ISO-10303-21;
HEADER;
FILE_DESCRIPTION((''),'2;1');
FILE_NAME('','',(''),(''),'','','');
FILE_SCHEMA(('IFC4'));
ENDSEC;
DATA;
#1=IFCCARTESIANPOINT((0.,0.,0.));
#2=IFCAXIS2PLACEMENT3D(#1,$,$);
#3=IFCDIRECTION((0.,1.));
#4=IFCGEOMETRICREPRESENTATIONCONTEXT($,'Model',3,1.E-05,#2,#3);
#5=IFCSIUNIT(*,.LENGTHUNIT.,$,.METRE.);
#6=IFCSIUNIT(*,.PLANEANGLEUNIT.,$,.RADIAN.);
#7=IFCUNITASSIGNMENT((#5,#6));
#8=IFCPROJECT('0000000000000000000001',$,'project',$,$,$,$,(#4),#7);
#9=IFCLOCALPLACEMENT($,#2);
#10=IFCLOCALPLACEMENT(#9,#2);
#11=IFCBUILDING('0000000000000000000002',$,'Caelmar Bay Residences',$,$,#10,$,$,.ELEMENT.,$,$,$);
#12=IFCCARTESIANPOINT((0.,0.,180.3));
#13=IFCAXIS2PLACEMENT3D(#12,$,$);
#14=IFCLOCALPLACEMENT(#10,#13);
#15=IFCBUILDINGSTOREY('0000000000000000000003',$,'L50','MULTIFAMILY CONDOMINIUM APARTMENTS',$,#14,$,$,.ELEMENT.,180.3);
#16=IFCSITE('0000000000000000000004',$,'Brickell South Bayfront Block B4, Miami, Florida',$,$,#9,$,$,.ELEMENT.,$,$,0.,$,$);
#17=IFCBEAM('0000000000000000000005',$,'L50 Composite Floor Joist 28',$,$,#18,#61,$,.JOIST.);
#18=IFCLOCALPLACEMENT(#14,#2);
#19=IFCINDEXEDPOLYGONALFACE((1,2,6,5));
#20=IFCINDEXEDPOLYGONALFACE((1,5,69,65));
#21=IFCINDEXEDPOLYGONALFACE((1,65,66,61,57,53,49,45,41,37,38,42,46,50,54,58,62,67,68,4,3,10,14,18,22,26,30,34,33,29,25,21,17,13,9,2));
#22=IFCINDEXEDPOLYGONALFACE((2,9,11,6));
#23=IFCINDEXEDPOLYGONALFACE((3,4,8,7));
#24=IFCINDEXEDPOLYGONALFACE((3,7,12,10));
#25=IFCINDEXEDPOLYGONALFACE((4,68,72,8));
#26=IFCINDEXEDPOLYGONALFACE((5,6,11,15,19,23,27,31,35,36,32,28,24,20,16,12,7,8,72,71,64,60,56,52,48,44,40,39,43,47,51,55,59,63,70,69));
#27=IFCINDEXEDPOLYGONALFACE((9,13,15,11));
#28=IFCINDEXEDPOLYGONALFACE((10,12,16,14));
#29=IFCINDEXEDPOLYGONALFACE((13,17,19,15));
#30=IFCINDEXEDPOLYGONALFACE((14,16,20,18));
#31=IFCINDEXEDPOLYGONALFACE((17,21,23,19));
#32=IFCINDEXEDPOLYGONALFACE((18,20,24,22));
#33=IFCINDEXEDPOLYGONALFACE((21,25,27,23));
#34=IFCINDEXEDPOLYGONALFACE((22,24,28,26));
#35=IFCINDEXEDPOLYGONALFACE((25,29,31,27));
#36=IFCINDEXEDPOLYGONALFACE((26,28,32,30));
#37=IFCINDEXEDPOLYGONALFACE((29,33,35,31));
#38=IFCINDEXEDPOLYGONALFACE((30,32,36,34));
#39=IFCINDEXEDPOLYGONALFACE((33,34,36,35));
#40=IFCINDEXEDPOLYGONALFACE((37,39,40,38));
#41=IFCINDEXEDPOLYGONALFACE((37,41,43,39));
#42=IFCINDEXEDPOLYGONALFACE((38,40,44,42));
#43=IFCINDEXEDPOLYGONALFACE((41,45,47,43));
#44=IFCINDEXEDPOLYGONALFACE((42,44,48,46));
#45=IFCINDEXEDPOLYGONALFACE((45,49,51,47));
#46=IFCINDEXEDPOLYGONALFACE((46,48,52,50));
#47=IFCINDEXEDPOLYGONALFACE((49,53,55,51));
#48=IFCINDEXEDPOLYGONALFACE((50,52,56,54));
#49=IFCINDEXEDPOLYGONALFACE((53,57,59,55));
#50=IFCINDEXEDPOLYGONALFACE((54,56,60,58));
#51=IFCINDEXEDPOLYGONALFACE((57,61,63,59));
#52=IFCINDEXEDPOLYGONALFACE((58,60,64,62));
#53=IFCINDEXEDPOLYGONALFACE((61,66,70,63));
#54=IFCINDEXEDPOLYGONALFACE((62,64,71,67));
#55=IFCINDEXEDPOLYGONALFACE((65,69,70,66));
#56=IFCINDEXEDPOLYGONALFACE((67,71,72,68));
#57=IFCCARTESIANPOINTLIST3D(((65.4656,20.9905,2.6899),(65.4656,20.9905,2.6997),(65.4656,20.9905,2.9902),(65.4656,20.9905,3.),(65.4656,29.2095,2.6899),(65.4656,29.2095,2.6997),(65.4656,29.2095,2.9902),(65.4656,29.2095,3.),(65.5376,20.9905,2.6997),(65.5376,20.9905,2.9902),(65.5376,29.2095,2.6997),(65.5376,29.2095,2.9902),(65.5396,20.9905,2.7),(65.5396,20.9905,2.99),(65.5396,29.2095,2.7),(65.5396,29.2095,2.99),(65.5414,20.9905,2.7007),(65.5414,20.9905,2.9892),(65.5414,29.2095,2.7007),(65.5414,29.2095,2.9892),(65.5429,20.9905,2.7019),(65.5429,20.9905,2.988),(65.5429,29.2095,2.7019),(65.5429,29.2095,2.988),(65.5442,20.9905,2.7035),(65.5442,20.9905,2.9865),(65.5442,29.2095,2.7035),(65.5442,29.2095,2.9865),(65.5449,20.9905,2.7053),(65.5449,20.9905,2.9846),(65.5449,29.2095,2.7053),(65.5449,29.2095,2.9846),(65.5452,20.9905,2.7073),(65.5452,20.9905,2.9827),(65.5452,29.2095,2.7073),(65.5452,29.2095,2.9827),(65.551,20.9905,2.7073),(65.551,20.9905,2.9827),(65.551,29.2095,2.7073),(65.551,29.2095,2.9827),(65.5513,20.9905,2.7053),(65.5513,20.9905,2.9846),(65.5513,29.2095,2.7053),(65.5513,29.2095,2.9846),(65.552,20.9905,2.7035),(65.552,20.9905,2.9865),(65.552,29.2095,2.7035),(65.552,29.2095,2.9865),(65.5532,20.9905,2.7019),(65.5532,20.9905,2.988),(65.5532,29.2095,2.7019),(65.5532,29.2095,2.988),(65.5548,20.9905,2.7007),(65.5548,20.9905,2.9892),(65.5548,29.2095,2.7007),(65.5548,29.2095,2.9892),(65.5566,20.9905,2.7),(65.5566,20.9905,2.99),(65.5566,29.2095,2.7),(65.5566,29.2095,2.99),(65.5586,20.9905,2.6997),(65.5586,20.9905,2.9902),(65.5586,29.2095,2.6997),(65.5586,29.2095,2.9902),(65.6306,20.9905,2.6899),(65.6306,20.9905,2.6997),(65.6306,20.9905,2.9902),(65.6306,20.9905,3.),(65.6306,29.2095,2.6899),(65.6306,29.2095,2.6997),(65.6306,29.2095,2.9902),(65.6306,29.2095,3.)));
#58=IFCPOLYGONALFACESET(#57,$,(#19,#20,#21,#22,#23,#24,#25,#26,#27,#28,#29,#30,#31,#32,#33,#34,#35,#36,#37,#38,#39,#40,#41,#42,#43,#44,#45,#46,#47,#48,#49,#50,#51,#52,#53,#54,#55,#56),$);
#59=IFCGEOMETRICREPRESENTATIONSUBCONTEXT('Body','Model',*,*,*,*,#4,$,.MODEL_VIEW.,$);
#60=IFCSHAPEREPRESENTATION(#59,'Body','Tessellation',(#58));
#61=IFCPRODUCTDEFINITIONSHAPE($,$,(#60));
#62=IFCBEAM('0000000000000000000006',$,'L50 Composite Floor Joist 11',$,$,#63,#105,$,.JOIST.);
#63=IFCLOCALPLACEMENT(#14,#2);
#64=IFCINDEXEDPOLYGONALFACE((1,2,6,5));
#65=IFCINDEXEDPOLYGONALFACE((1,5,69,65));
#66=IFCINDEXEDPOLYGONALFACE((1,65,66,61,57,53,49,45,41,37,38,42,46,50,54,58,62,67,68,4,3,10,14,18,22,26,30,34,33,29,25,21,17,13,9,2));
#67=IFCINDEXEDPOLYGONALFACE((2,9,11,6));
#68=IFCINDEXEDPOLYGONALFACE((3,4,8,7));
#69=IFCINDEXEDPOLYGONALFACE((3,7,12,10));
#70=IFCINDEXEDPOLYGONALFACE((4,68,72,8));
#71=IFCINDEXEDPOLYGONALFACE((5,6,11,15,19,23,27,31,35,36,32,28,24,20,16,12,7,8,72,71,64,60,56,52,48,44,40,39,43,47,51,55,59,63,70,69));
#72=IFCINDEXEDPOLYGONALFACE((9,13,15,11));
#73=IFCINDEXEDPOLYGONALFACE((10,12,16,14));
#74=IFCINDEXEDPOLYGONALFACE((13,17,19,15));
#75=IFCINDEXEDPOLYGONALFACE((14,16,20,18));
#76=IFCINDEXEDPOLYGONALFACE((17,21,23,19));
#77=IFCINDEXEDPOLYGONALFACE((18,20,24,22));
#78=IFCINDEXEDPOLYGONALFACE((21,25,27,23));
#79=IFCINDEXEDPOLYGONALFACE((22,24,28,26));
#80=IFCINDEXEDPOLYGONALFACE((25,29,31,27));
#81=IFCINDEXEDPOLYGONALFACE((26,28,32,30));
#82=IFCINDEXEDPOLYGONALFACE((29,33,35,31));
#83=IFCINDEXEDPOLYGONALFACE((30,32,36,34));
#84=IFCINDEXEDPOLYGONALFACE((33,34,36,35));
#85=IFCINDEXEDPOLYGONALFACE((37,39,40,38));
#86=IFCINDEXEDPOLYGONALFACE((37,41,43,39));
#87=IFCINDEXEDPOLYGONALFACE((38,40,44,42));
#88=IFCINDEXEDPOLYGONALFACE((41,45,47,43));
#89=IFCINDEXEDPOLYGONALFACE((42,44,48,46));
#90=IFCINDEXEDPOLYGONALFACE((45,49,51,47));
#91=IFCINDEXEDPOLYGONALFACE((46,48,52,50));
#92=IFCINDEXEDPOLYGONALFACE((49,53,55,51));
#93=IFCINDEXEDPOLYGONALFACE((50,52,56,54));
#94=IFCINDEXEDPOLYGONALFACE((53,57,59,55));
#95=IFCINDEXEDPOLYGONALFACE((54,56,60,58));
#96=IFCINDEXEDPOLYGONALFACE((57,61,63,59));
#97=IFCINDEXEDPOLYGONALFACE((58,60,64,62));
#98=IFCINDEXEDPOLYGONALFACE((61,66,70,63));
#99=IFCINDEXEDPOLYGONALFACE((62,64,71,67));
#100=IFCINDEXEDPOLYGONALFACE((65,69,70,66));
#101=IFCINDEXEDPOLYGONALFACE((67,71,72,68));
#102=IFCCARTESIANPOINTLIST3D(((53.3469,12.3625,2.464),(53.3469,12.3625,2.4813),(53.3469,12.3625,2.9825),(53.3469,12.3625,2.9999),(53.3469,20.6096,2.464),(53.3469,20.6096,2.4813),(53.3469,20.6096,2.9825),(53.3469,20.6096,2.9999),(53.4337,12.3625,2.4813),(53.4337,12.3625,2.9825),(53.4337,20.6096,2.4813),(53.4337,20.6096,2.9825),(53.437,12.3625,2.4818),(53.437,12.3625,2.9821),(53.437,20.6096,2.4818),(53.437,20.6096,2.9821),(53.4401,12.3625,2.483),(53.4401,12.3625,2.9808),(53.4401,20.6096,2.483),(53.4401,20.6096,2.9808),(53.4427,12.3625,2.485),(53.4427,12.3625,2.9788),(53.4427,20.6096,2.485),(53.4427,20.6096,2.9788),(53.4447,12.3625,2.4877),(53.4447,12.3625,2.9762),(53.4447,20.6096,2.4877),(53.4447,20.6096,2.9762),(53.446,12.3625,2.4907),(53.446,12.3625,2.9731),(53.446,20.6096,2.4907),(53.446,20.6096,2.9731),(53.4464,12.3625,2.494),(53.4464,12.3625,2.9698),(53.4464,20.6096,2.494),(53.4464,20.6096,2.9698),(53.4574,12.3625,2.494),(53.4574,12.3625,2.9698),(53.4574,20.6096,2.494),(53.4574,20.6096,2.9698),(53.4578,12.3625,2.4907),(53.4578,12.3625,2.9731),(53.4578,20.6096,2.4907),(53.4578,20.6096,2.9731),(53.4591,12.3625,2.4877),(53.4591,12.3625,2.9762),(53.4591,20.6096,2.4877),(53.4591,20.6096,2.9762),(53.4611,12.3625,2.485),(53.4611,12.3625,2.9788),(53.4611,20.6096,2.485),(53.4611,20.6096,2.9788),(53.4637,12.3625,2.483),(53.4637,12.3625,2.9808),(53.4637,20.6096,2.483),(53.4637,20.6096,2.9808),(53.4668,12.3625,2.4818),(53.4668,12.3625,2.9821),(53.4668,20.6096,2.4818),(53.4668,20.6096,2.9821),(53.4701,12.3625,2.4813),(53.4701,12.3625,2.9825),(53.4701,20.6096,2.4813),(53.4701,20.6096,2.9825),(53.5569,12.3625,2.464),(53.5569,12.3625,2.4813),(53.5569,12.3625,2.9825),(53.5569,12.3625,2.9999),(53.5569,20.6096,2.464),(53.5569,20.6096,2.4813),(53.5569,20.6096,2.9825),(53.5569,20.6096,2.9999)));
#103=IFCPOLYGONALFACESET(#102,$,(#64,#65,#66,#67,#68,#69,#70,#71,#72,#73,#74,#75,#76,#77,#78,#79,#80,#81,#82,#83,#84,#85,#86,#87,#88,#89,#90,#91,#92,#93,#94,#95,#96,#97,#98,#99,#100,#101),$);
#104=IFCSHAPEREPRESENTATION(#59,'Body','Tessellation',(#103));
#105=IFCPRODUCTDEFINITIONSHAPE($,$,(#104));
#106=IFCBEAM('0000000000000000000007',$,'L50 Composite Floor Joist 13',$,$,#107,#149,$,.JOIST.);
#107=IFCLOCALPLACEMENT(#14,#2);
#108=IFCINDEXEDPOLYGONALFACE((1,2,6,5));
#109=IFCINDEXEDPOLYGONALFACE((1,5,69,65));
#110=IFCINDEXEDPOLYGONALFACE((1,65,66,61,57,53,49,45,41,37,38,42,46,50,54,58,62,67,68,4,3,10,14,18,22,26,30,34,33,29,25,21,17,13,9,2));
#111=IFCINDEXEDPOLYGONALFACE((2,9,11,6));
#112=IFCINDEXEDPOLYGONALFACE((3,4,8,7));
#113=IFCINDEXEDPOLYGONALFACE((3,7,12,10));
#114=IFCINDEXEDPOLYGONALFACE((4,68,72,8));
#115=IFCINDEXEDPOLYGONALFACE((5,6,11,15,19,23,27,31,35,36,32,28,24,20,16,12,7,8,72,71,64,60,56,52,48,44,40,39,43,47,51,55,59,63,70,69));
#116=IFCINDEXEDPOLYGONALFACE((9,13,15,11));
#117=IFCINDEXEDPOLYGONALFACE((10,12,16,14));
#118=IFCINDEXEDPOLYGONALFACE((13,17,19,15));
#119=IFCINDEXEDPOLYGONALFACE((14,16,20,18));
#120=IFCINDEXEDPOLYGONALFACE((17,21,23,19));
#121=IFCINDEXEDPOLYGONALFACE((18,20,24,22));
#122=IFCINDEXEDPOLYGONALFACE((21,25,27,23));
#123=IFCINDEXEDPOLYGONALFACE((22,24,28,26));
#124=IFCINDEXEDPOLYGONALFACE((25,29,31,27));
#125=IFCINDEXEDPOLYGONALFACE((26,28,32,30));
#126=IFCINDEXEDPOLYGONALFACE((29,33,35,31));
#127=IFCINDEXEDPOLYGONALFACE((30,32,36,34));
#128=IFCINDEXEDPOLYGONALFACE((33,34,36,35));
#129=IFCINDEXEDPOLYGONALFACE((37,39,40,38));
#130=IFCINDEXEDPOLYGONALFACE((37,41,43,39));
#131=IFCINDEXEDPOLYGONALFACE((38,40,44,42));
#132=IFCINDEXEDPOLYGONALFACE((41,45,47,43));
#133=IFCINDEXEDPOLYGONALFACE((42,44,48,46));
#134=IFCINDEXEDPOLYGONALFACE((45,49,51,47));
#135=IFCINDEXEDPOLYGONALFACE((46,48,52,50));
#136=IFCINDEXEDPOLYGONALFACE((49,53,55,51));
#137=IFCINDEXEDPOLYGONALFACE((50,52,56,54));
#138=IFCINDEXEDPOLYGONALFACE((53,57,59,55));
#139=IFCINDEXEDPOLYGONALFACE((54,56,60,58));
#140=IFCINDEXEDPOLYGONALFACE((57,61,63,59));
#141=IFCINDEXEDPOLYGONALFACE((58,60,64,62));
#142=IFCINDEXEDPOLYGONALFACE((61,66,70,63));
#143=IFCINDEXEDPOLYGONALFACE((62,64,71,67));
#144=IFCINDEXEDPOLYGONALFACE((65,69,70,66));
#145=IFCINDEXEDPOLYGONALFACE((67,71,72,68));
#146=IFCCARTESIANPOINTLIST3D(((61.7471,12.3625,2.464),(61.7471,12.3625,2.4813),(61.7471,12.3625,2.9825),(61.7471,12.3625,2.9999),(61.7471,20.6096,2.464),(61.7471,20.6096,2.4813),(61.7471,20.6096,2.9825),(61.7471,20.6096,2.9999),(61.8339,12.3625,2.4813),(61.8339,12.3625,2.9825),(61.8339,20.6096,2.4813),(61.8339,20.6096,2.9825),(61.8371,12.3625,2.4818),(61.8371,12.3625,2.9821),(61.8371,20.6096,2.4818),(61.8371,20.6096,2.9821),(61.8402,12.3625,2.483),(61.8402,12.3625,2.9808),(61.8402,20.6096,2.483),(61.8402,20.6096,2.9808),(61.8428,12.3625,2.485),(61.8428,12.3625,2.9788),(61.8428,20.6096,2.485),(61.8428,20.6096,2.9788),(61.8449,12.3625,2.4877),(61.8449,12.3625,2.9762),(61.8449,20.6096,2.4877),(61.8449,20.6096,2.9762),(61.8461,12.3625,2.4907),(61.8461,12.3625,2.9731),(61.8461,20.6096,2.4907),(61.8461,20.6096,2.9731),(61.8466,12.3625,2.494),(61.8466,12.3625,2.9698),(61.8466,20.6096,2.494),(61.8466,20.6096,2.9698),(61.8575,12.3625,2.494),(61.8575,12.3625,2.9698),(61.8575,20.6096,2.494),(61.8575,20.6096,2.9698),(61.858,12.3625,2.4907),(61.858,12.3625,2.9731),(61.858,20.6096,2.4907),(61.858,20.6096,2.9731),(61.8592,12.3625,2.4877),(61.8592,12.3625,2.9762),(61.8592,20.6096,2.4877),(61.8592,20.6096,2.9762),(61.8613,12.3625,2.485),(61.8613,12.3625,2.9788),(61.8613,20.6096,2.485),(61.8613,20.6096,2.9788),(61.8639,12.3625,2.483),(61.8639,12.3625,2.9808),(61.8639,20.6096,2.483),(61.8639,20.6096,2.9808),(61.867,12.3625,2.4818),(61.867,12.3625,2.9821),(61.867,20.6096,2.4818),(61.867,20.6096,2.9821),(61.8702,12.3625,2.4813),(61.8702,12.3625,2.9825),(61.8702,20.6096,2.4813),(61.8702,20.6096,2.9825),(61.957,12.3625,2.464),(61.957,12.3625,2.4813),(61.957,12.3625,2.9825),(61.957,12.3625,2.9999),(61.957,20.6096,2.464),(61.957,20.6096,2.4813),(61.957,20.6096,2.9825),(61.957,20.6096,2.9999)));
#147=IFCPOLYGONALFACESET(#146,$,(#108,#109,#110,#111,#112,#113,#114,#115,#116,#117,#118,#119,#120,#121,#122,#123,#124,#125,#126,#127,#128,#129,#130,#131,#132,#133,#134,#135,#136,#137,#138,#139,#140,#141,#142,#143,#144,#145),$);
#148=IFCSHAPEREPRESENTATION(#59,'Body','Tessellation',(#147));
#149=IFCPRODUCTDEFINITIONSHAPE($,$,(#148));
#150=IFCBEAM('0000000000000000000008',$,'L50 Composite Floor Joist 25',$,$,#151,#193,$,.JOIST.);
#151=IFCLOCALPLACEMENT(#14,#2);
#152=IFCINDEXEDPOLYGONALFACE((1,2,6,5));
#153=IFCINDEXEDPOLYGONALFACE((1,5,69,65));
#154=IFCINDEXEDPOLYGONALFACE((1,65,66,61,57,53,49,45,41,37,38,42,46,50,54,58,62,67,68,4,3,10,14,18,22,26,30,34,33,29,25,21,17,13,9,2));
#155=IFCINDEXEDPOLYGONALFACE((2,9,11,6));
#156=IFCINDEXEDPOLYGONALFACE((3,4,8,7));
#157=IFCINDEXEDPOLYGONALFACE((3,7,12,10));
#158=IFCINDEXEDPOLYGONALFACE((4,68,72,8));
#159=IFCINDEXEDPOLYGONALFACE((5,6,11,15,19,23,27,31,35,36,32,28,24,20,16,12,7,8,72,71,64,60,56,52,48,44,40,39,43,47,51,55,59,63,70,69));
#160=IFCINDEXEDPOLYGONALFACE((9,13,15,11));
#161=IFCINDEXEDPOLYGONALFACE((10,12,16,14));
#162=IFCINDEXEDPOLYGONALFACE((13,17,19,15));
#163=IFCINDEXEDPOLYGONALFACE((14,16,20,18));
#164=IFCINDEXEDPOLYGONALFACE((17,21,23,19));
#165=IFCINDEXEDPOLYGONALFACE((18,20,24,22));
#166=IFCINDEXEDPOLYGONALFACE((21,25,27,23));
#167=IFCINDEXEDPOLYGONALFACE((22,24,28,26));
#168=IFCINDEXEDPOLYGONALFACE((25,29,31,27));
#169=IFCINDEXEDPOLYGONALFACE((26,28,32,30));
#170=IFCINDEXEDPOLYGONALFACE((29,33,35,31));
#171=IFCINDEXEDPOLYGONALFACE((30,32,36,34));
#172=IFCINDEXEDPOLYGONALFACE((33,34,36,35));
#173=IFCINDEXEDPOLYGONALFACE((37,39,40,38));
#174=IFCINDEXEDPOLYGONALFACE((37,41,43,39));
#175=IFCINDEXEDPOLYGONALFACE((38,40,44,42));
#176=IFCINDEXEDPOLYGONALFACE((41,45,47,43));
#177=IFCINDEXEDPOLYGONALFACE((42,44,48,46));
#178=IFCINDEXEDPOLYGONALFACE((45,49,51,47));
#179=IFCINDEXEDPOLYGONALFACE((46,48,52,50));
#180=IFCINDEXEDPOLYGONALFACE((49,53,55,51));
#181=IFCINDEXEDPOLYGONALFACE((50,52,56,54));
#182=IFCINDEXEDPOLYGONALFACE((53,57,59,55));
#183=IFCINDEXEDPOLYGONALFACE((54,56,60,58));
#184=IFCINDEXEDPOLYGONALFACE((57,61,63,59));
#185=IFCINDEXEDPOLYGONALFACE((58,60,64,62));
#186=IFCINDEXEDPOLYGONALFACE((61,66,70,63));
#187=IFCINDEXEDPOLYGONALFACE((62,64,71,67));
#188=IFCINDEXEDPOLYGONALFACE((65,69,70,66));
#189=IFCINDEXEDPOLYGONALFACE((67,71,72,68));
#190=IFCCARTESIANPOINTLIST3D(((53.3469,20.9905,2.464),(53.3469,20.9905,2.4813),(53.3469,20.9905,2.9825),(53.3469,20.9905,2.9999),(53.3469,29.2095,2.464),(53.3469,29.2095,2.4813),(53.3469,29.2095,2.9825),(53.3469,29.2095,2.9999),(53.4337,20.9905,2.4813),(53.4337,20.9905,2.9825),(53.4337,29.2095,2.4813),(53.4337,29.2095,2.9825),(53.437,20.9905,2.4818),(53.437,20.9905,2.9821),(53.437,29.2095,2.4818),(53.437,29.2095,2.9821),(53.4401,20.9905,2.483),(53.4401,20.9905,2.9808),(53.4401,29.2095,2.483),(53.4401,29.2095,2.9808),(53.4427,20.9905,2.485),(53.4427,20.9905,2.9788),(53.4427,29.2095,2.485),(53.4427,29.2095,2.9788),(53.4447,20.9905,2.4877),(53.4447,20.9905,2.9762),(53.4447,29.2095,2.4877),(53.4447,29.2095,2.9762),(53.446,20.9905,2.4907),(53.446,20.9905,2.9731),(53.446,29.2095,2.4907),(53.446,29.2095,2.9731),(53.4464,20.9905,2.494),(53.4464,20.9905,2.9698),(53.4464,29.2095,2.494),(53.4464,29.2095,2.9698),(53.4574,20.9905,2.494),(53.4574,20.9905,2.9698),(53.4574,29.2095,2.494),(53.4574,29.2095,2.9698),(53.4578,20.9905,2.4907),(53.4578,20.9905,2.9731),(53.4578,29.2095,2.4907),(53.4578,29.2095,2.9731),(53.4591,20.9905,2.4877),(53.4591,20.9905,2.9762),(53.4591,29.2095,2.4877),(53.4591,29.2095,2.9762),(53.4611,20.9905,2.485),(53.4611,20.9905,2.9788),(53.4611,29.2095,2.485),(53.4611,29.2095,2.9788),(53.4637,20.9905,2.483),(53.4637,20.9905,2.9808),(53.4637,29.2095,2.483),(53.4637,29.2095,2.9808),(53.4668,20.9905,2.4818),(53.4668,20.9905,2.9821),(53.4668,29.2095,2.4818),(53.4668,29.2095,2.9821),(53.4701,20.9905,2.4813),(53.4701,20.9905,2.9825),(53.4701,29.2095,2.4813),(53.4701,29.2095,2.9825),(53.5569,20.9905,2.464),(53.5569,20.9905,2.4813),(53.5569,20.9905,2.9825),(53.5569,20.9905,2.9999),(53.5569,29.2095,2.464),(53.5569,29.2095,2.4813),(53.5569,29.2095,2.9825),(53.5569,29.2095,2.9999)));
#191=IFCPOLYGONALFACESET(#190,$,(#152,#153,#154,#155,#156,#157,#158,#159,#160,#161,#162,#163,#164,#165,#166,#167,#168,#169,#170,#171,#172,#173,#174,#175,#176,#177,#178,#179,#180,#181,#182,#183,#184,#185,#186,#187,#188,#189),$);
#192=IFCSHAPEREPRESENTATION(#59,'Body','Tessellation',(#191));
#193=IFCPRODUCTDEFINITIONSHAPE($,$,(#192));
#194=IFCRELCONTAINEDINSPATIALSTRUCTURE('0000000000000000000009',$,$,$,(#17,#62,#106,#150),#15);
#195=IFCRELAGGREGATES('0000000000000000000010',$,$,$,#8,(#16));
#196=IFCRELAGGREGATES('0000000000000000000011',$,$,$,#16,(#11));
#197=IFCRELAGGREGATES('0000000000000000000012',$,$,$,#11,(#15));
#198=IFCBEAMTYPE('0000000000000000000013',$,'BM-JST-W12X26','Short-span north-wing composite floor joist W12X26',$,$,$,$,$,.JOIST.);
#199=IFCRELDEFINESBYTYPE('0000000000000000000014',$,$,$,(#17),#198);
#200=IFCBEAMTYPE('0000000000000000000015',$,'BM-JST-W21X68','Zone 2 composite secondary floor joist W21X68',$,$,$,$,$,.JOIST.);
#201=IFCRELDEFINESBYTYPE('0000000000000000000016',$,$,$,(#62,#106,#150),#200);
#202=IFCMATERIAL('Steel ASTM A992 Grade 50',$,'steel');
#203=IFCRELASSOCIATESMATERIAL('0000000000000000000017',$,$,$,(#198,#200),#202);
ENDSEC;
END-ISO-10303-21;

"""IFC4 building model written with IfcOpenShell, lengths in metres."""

from ifc_helpers import new_model, si_unit, direction, frame, origin, origin_2d, place, context, subcontext, project, spatial, i_section, extrude, material, material_profile, profile_set, type_object, element, save


model = new_model("IFC4")

# Units and contexts
model_context = context("Model", 3, precision=1e-05, world=origin(), true_north=direction((0.0, 1.0)))
body_context = subcontext(model_context, "Body", "Model", "MODEL_VIEW")
ifc_project = project(units=[si_unit("LENGTHUNIT", "METRE"), si_unit("PLANEANGLEUNIT", "RADIAN")], contexts=[model_context])

# Site, building, storey
site_placement = place(None, origin())
site = spatial("IfcSite", under=ifc_project, at=site_placement, Name="Brickell South Bayfront Block B4, Miami, Florida", CompositionType="ELEMENT", RefElevation=0.0)
building_placement = place(site_placement, origin())
building = spatial("IfcBuilding", under=site, at=building_placement, Name="Caelmar Bay Residences", CompositionType="ELEMENT")
storey_placement = place(building_placement, frame((0.0, 0.0, 180.3)))
storey = spatial("IfcBuildingStorey", under=building, at=storey_placement, Name="L50", Description="MULTIFAMILY CONDOMINIUM APARTMENTS", CompositionType="ELEMENT", Elevation=180.3)

# Beams
ifc_material_1 = material(Name="Steel ASTM A992 Grade 50", Category="steel")
ifc_material_profile_1 = material_profile(ifc_material_1, i_section(OverallWidth=0.165, OverallDepth=0.3101, WebThickness=0.0059, FlangeThickness=0.0098, FilletRadius=0.0076, at=origin_2d()), Name="W12X26")
ifc_profile_set_1 = profile_set([ifc_material_profile_1], Name="Steel ASTM A992 Grade 50")
beam_type_1 = type_object("IfcBeamType", Name="BM-JST-W12X26", Description="Short-span north-wing composite floor joist W12X26", PredefinedType="JOIST", material=ifc_profile_set_1)
for number, where, z_axis, x_axis, name in (
    (1, (65.5481, 20.9905, 2.845), (0.0, 1.0, 0.0), (-1.0, 0.0, 0.0), "L50 Composite Floor Joist 28"),
):
    element("IfcBeam", number, at=place(storey_placement, frame(where, z_axis=z_axis, x_axis=x_axis)), inside=storey, type_object=beam_type_1, Name=name, PredefinedType="JOIST", context=body_context, shape_type="SweptSolid", body=[
        extrude(i_section(OverallWidth=0.165, OverallDepth=0.3101, WebThickness=0.0059, FlangeThickness=0.0098, FilletRadius=0.0076, at=origin_2d()), origin(), (0.0, 0.0, 1.0), 8.219),
    ])
ifc_material_profile_2 = material_profile(ifc_material_1, i_section(OverallWidth=0.21, OverallDepth=0.5359, WebThickness=0.011, FlangeThickness=0.0173, FilletRadius=0.0127, at=origin_2d()), Name="W21X68")
ifc_profile_set_2 = profile_set([ifc_material_profile_2], Name="Steel ASTM A992 Grade 50")
beam_type_2 = type_object("IfcBeamType", Name="BM-JST-W21X68", Description="Zone 2 composite secondary floor joist W21X68", PredefinedType="JOIST", material=ifc_profile_set_2)
for number, where, z_axis, x_axis, name in (
    (2, (53.4519, 12.3625, 2.7319), (0.0, 1.0, 0.0), (-1.0, 0.0, 0.0), "L50 Composite Floor Joist 11"),
    (3, (61.8521, 12.3625, 2.7319), (0.0, 1.0, 0.0), (-1.0, 0.0, 0.0), "L50 Composite Floor Joist 13"),
):
    element("IfcBeam", number, at=place(storey_placement, frame(where, z_axis=z_axis, x_axis=x_axis)), inside=storey, type_object=beam_type_2, Name=name, PredefinedType="JOIST", context=body_context, shape_type="SweptSolid", body=[
        extrude(i_section(OverallWidth=0.21, OverallDepth=0.5359, WebThickness=0.011, FlangeThickness=0.0173, FilletRadius=0.0127, at=origin_2d()), origin(), (0.0, 0.0, 1.0), 8.2471),
    ])
for number, where, z_axis, x_axis, name in (
    (4, (53.4519, 20.9905, 2.7319), (0.0, 1.0, 0.0), (-1.0, 0.0, 0.0), "L50 Composite Floor Joist 25"),
):
    element("IfcBeam", number, at=place(storey_placement, frame(where, z_axis=z_axis, x_axis=x_axis)), inside=storey, type_object=beam_type_2, Name=name, PredefinedType="JOIST", context=body_context, shape_type="SweptSolid", body=[
        extrude(i_section(OverallWidth=0.21, OverallDepth=0.5359, WebThickness=0.011, FlangeThickness=0.0173, FilletRadius=0.0127, at=origin_2d()), origin(), (0.0, 0.0, 1.0), 8.219),
    ])

save(model, "model.ifc")
